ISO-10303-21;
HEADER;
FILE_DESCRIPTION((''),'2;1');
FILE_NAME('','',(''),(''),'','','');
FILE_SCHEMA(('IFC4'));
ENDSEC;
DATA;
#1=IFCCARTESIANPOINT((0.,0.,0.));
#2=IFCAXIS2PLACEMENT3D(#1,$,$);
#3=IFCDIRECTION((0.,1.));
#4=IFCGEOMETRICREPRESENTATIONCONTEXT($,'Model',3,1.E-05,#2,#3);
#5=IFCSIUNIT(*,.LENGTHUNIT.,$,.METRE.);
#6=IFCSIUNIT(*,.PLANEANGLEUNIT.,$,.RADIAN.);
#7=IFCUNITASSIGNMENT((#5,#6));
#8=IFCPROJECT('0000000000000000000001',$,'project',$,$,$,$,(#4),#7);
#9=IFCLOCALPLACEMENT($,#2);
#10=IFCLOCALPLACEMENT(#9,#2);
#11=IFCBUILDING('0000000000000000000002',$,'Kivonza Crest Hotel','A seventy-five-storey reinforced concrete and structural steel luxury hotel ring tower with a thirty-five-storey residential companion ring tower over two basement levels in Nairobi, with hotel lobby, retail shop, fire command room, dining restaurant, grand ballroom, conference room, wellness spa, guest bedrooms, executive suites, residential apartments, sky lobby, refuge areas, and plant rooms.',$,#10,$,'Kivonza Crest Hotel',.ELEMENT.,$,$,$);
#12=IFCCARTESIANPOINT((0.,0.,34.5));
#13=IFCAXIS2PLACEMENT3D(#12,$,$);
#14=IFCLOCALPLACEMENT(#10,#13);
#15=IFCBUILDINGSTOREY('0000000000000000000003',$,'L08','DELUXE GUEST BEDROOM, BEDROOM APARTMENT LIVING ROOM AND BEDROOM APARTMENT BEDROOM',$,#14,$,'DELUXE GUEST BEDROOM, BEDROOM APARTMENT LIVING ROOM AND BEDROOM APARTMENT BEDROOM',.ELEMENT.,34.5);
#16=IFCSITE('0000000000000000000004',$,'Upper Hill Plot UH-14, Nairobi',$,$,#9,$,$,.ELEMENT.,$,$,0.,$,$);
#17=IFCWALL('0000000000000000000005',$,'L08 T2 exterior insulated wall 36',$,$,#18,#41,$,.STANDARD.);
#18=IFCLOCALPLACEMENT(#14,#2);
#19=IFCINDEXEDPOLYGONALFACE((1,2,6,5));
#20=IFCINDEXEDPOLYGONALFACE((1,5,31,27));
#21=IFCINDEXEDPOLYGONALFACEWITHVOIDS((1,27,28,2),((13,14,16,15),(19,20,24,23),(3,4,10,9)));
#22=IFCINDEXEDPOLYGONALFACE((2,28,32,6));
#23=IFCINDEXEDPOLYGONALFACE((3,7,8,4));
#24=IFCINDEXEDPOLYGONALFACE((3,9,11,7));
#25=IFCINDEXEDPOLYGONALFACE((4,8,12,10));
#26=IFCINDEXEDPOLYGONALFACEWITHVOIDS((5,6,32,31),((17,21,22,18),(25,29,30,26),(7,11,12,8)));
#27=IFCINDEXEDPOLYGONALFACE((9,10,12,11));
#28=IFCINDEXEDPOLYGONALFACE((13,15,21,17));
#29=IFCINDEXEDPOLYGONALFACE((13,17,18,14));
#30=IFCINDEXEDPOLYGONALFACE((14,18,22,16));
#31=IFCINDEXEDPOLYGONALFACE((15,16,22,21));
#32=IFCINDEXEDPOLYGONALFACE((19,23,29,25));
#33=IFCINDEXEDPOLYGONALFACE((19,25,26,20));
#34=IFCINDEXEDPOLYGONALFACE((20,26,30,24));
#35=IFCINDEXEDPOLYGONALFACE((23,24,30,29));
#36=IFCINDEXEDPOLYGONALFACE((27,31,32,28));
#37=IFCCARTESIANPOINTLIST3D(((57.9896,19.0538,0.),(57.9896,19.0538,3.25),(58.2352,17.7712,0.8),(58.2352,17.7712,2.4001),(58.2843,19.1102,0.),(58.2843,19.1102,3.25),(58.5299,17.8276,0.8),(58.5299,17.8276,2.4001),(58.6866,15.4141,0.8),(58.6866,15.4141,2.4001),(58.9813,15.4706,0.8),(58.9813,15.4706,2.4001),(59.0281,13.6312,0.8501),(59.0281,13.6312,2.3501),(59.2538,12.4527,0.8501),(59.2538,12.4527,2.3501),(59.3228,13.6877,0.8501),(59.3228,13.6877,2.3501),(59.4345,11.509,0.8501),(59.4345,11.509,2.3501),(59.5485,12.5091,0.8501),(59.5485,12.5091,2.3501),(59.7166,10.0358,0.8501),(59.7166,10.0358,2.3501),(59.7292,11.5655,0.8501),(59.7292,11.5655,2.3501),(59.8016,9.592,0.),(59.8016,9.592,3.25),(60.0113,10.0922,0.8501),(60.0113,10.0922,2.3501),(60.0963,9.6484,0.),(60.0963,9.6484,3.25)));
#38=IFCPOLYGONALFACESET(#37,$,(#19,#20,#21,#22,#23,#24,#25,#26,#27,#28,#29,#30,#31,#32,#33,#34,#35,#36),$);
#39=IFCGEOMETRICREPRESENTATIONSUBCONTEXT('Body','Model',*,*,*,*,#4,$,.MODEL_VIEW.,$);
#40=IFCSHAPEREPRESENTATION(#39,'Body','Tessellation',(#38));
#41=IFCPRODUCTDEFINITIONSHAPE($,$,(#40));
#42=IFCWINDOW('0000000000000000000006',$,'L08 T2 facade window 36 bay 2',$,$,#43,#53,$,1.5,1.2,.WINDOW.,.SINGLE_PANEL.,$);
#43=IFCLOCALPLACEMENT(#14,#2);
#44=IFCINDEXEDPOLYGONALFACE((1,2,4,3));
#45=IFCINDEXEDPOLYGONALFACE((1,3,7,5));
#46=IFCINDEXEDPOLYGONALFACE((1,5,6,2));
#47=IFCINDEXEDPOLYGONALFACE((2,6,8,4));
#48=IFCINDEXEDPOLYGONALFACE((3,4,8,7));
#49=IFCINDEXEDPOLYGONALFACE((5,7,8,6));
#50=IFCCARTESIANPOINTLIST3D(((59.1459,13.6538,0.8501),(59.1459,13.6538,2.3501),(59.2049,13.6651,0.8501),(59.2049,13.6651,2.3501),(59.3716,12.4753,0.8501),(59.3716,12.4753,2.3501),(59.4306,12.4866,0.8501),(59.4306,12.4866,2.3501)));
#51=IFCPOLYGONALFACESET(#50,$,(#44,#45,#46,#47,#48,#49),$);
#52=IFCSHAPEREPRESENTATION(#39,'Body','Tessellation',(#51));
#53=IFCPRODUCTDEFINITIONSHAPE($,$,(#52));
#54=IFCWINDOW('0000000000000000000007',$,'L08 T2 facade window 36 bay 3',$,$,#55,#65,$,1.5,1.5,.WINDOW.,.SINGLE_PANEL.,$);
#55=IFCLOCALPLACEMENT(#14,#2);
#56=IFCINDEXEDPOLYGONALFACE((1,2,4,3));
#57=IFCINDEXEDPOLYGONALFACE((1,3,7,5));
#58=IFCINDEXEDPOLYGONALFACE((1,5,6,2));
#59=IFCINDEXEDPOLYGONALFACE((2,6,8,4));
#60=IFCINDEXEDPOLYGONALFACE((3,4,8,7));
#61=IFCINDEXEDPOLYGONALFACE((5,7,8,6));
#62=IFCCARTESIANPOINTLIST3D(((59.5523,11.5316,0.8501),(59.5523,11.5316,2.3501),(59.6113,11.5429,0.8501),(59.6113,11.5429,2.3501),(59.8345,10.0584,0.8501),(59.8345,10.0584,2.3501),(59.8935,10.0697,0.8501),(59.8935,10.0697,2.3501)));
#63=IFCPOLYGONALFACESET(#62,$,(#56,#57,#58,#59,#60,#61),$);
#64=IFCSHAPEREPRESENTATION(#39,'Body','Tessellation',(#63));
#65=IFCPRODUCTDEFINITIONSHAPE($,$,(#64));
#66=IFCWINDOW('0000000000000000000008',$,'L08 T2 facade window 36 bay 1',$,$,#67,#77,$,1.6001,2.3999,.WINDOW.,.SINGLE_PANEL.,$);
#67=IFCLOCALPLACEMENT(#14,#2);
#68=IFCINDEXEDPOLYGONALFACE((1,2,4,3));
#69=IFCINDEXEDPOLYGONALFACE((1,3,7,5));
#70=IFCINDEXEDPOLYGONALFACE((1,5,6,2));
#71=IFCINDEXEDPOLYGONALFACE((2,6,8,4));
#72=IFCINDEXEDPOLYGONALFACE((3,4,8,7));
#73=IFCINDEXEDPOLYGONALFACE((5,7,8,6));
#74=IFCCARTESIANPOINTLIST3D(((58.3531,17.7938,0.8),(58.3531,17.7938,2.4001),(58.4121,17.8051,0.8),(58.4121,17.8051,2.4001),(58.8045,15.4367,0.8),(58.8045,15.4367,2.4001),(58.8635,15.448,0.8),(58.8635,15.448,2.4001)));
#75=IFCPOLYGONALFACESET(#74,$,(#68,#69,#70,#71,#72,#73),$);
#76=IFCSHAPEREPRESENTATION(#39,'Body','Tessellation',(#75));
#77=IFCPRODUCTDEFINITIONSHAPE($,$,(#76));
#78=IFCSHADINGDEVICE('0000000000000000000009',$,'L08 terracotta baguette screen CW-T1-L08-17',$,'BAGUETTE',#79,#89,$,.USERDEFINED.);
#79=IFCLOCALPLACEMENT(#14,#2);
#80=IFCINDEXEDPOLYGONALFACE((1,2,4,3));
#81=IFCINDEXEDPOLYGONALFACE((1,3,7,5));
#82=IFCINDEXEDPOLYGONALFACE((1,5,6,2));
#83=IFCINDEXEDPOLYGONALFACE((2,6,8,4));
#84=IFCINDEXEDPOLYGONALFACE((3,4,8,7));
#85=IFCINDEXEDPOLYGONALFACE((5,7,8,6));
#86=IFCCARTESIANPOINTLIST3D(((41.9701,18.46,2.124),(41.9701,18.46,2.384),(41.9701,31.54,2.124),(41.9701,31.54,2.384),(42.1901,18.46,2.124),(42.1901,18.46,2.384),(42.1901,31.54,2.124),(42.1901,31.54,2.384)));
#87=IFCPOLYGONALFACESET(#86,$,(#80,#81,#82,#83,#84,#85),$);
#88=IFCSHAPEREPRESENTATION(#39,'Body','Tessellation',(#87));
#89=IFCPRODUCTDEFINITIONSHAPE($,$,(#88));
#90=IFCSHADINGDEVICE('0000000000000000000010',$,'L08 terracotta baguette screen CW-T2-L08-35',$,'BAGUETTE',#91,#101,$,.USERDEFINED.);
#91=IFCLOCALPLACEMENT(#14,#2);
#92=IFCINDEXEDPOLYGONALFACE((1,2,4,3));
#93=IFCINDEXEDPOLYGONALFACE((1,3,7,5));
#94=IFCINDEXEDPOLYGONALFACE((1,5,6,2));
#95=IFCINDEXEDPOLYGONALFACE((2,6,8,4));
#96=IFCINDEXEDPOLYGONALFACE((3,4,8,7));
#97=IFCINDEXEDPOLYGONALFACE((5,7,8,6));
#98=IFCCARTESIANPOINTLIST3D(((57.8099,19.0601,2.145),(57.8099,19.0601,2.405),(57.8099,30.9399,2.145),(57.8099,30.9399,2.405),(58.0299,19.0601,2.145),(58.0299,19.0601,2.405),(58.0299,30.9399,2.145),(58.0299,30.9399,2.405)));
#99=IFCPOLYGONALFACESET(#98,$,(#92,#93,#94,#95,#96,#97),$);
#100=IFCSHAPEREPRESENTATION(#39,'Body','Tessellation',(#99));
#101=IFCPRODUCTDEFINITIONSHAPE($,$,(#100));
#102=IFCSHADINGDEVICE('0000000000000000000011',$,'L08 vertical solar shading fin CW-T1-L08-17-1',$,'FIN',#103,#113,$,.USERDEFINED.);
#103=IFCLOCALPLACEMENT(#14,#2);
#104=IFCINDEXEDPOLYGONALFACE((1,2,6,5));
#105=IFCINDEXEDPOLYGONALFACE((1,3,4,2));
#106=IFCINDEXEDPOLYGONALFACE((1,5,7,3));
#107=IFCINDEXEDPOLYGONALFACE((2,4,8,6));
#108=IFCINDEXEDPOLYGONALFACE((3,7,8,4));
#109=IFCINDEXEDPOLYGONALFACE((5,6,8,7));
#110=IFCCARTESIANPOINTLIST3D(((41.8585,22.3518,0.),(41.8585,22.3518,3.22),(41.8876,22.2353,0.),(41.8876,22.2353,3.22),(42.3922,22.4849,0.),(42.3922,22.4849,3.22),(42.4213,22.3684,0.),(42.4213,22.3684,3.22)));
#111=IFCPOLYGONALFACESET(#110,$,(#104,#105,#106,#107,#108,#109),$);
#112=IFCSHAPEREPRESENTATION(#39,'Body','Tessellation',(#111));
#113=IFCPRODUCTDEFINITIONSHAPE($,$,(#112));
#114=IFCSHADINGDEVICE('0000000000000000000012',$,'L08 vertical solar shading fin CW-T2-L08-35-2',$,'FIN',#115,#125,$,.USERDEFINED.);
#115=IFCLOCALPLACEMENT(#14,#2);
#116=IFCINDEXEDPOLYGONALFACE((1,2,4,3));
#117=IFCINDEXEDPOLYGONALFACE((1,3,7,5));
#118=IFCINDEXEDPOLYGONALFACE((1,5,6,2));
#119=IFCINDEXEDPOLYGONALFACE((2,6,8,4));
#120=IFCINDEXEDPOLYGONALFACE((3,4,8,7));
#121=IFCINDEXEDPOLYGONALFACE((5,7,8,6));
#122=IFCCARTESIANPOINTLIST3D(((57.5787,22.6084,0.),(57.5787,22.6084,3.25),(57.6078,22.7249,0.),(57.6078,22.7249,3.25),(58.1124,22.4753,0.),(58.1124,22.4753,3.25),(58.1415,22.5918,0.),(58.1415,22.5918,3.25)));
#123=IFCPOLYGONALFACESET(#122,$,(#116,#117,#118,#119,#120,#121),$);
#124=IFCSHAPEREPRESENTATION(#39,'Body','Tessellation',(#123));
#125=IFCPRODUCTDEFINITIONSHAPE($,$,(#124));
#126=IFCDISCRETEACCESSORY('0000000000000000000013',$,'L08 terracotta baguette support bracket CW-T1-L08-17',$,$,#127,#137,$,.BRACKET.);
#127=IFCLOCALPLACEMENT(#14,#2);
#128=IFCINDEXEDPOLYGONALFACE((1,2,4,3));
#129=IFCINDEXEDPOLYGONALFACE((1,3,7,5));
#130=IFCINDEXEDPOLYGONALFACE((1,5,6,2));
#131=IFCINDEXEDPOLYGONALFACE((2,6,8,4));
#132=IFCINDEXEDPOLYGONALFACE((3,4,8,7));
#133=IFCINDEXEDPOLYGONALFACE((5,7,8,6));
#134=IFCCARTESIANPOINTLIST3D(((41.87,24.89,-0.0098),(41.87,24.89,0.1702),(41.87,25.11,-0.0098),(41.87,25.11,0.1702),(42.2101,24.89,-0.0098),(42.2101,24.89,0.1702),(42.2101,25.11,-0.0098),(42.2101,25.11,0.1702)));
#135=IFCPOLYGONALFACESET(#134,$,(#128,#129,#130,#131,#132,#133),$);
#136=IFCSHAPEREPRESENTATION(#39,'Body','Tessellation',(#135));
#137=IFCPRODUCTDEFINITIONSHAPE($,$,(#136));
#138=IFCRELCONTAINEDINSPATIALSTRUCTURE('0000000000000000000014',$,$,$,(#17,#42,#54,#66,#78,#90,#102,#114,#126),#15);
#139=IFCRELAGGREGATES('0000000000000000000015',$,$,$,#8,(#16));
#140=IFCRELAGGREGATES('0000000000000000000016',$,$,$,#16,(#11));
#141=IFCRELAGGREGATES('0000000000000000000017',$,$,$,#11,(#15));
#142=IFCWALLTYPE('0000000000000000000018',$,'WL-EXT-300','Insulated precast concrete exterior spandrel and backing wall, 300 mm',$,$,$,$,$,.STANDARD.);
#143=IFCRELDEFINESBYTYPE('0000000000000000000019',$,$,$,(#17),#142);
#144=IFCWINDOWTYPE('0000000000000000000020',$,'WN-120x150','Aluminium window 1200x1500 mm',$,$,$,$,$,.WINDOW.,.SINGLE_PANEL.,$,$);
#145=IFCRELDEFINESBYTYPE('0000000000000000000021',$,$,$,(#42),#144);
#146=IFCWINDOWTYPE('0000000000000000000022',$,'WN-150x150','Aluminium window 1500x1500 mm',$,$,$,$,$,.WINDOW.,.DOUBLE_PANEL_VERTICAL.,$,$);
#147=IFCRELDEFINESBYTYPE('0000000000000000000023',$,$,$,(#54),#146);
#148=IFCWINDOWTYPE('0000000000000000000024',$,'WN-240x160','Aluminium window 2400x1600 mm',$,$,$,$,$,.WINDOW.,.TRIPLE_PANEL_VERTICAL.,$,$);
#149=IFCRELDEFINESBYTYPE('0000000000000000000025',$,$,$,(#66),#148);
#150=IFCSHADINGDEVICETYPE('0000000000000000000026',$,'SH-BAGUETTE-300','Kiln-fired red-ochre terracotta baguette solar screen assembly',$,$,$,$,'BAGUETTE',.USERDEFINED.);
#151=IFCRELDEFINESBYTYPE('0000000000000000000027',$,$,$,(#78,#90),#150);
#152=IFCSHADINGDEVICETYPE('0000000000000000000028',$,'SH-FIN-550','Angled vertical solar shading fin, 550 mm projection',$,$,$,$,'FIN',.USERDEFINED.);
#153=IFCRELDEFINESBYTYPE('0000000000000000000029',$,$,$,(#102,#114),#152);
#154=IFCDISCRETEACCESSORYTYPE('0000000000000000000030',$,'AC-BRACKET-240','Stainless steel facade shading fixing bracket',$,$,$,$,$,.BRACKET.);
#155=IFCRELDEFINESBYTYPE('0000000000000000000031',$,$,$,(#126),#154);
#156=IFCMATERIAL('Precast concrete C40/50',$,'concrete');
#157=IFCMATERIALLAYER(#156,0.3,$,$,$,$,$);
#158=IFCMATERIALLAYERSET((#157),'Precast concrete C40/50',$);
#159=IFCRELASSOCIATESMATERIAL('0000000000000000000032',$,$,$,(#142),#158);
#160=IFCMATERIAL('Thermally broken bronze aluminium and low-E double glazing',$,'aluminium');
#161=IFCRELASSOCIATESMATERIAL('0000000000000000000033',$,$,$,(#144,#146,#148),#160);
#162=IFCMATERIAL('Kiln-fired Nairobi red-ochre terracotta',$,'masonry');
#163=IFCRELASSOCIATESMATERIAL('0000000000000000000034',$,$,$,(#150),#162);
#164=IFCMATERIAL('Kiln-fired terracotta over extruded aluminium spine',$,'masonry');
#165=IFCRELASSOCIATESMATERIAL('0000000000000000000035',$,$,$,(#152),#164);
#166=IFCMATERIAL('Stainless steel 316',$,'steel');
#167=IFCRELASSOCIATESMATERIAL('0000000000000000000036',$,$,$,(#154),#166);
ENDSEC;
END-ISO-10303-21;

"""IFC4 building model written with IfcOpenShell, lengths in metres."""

from ifc_helpers import new_model, si_unit, direction, frame, frame_2d, origin, origin_2d, place, context, subcontext, project, spatial, rectangle, extrude, material, layer, layer_set, type_object, element, fill, save


model = new_model("IFC4")

# Units and contexts
model_context = context("Model", 3, precision=1e-05, world=origin(), true_north=direction((0.0, 1.0)))
body_context = subcontext(model_context, "Body", "Model", "MODEL_VIEW")
ifc_project = project(units=[si_unit("LENGTHUNIT", "METRE"), si_unit("PLANEANGLEUNIT", "RADIAN")], contexts=[model_context])

# Site, building, storey
site_placement = place(None, origin())
site = spatial("IfcSite", under=ifc_project, at=site_placement, Name="Upper Hill Plot UH-14, Nairobi", CompositionType="ELEMENT", RefElevation=0.0)
building_placement = place(site_placement, origin())
building = spatial("IfcBuilding", under=site, at=building_placement, Name="Kivonza Crest Hotel", Description="A seventy-five-storey reinforced concrete and structural steel luxury hotel ring tower with a thirty-five-storey residential companion ring tower over two basement levels in Nairobi, with hotel lobby, retail shop, fire command room, dining restaurant, grand ballroom, conference room, wellness spa, guest bedrooms, executive suites, residential apartments, sky lobby, refuge areas, and plant rooms.", LongName="Kivonza Crest Hotel", CompositionType="ELEMENT")
storey_placement = place(building_placement, frame((0.0, 0.0, 34.5)))
storey = spatial("IfcBuildingStorey", under=building, at=storey_placement, Name="L08", Description="DELUXE GUEST BEDROOM, BEDROOM APARTMENT LIVING ROOM AND BEDROOM APARTMENT BEDROOM", LongName="DELUXE GUEST BEDROOM, BEDROOM APARTMENT LIVING ROOM AND BEDROOM APARTMENT BEDROOM", CompositionType="ELEMENT", Elevation=34.5)

# Wall, openings, windows
ifc_material_1 = material(Name="Precast concrete C40/50", Category="concrete")
ifc_layer_1 = layer(ifc_material_1, 0.3)
ifc_layer_set_1 = layer_set([ifc_layer_1], Name="Precast concrete C40/50")
wall_type_1 = type_object("IfcWallType", Name="WL-EXT-300", Description="Insulated precast concrete exterior spandrel and backing wall, 300 mm", PredefinedType="STANDARD", material=ifc_layer_set_1)
wall_1_placement = place(storey_placement, frame((58.137, 19.082, 0.0), z_axis=(0.0, 0.0, 1.0), x_axis=(0.188088, -0.982152, 0.0)))
wall_1 = element("IfcWall", 1, at=wall_1_placement, inside=storey, type_object=wall_type_1, Name="L08 T2 exterior insulated wall 36", PredefinedType="STANDARD", context=body_context, shape_type="SweptSolid", body=[
    extrude(rectangle(XDim=9.6338, YDim=0.3, at=frame_2d((4.8169, 0.0))), origin(), (0.0, 0.0, 1.0), 3.25),
])
opening_1_placement = place(wall_1_placement, frame((1.3059, 0.0, 0.8)))
opening_1 = element("IfcOpeningElement", 2, at=opening_1_placement, cuts=wall_1, PredefinedType="OPENING", context=body_context, shape_type="SweptSolid", body=[
    extrude(rectangle(XDim=2.3999, YDim=1.6001, at=frame_2d((1.2, 0.8))), frame((0.0, 0.1602, 0.0), z_axis=(0.0, -1.0, 0.0), x_axis=(1.0, 0.0, 0.0)), (0.0, 0.0, 1.0), 0.3201),
])
opening_2_placement = place(wall_1_placement, frame((5.521, 0.0, 0.8501)))
opening_2 = element("IfcOpeningElement", 3, at=opening_2_placement, cuts=wall_1, PredefinedType="OPENING", context=body_context, shape_type="SweptSolid", body=[
    extrude(rectangle(XDim=1.2, YDim=1.5, at=frame_2d((0.6001, 0.75))), frame((0.0, 0.1602, 0.0), z_axis=(0.0, -1.0, 0.0), x_axis=(1.0, 0.0, 0.0)), (0.0, 0.0, 1.0), 0.3201),
])
opening_3_placement = place(wall_1_placement, frame((7.6819, 0.0, 0.8501)))
opening_3 = element("IfcOpeningElement", 4, at=opening_3_placement, cuts=wall_1, PredefinedType="OPENING", context=body_context, shape_type="SweptSolid", body=[
    extrude(rectangle(XDim=1.5, YDim=1.5, at=frame_2d((0.75, 0.75))), frame((0.0, 0.1602, 0.0), z_axis=(0.0, -1.0, 0.0), x_axis=(1.0, 0.0, 0.0)), (0.0, 0.0, 1.0), 0.3201),
])
ifc_material_2 = material(Name="Thermally broken bronze aluminium and low-E double glazing", Category="aluminium")
window_type_1 = type_object("IfcWindowType", Name="WN-120x150", Description="Aluminium window 1200x1500 mm", PartitioningType="SINGLE_PANEL", PredefinedType="WINDOW", material=ifc_material_2)
window_1_placement = place(opening_2_placement, origin())
window_1 = element("IfcWindow", 5, at=window_1_placement, inside=storey, type_object=window_type_1, Name="L08 T2 facade window 36 bay 2", OverallHeight=1.5, OverallWidth=1.2, PartitioningType="SINGLE_PANEL", PredefinedType="WINDOW", context=body_context, shape_type="SweptSolid", body=[
    extrude(rectangle(XDim=1.2, YDim=1.5, at=frame_2d((0.6001, 0.75))), frame((0.0, 0.03, 0.0), z_axis=(0.0, -1.0, 0.0), x_axis=(1.0, 0.0, 0.0)), (0.0, 0.0, 1.0), 0.0601),
])
fill(opening_2, window_1)
window_type_2 = type_object("IfcWindowType", Name="WN-150x150", Description="Aluminium window 1500x1500 mm", PartitioningType="DOUBLE_PANEL_VERTICAL", PredefinedType="WINDOW", material=ifc_material_2)
window_2_placement = place(opening_3_placement, origin())
window_2 = element("IfcWindow", 6, at=window_2_placement, inside=storey, type_object=window_type_2, Name="L08 T2 facade window 36 bay 3", OverallHeight=1.5, OverallWidth=1.5, PartitioningType="SINGLE_PANEL", PredefinedType="WINDOW", context=body_context, shape_type="SweptSolid", body=[
    extrude(rectangle(XDim=1.5, YDim=1.5, at=frame_2d((0.75, 0.75))), frame((0.0, 0.03, 0.0), z_axis=(0.0, -1.0, 0.0), x_axis=(1.0, 0.0, 0.0)), (0.0, 0.0, 1.0), 0.0601),
])
fill(opening_3, window_2)
window_type_3 = type_object("IfcWindowType", Name="WN-240x160", Description="Aluminium window 2400x1600 mm", PartitioningType="TRIPLE_PANEL_VERTICAL", PredefinedType="WINDOW", material=ifc_material_2)
window_3_placement = place(opening_1_placement, origin())
window_3 = element("IfcWindow", 7, at=window_3_placement, inside=storey, type_object=window_type_3, Name="L08 T2 facade window 36 bay 1", OverallHeight=1.6001, OverallWidth=2.3999, PartitioningType="SINGLE_PANEL", PredefinedType="WINDOW", context=body_context, shape_type="SweptSolid", body=[
    extrude(rectangle(XDim=2.3999, YDim=1.6001, at=frame_2d((1.2, 0.8))), frame((0.0, 0.03, 0.0), z_axis=(0.0, -1.0, 0.0), x_axis=(1.0, 0.0, 0.0)), (0.0, 0.0, 1.0), 0.0601),
])
fill(opening_1, window_3)

# Shading devices
ifc_material_3 = material(Name="Kiln-fired Nairobi red-ochre terracotta", Category="masonry")
shading_device_type_1 = type_object("IfcShadingDeviceType", Name="SH-BAGUETTE-300", Description="Kiln-fired red-ochre terracotta baguette solar screen assembly", ElementType="BAGUETTE", PredefinedType="USERDEFINED", material=ifc_material_3)
shading_device_1_placement = place(storey_placement, frame((42.0801, 25.0, 2.124), z_axis=(0.0, 0.0, 1.0), x_axis=(0.0, 1.0, 0.0)))
element("IfcShadingDevice", 8, at=shading_device_1_placement, inside=storey, type_object=shading_device_type_1, Name="L08 terracotta baguette screen CW-T1-L08-17", ObjectType="BAGUETTE", PredefinedType="USERDEFINED", context=body_context, shape_type="SweptSolid", body=[
    extrude(rectangle(XDim=13.0801, YDim=0.22, at=origin_2d()), origin(), (0.0, 0.0, 1.0), 0.26),
])
shading_device_2_placement = place(storey_placement, frame((57.9199, 25.0, 2.145), z_axis=(0.0, 0.0, 1.0), x_axis=(0.0, -1.0, 0.0)))
element("IfcShadingDevice", 9, at=shading_device_2_placement, inside=storey, type_object=shading_device_type_1, Name="L08 terracotta baguette screen CW-T2-L08-35", ObjectType="BAGUETTE", PredefinedType="USERDEFINED", context=body_context, shape_type="SweptSolid", body=[
    extrude(rectangle(XDim=11.8799, YDim=0.22, at=origin_2d()), origin(), (0.0, 0.0, 1.0), 0.26),
])
ifc_material_4 = material(Name="Kiln-fired terracotta over extruded aluminium spine", Category="masonry")
shading_device_type_2 = type_object("IfcShadingDeviceType", Name="SH-FIN-550", Description="Angled vertical solar shading fin, 550 mm projection", ElementType="FIN", PredefinedType="USERDEFINED", material=ifc_material_4)
shading_device_3_placement = place(storey_placement, frame((42.1399, 22.3601, 0.0), z_axis=(0.0, 0.0, 1.0), x_axis=(-0.241922, 0.970296, 0.0)))
element("IfcShadingDevice", 10, at=shading_device_3_placement, inside=storey, type_object=shading_device_type_2, Name="L08 vertical solar shading fin CW-T1-L08-17-1", ObjectType="FIN", PredefinedType="USERDEFINED", context=body_context, shape_type="SweptSolid", body=[
    extrude(rectangle(XDim=0.1201, YDim=0.55, at=origin_2d()), origin(), (0.0, 0.0, 1.0), 3.22),
])
shading_device_4_placement = place(storey_placement, frame((57.8601, 22.6001, 0.0), z_axis=(0.0, 0.0, 1.0), x_axis=(-0.241922, -0.970296, 0.0)))
element("IfcShadingDevice", 11, at=shading_device_4_placement, inside=storey, type_object=shading_device_type_2, Name="L08 vertical solar shading fin CW-T2-L08-35-2", ObjectType="FIN", PredefinedType="USERDEFINED", context=body_context, shape_type="SweptSolid", body=[
    extrude(rectangle(XDim=0.1201, YDim=0.55, at=origin_2d()), origin(), (0.0, 0.0, 1.0), 3.25),
])

# Discrete accessory
ifc_material_5 = material(Name="Stainless steel 316", Category="steel")
discrete_accessory_type = type_object("IfcDiscreteAccessoryType", Name="AC-BRACKET-240", Description="Stainless steel facade shading fixing bracket", PredefinedType="BRACKET", material=ifc_material_5)
discrete_accessory_placement = place(storey_placement, frame((42.04, 25.0, -0.0098), z_axis=(0.0, 0.0, 1.0), x_axis=(0.0, 1.0, 0.0)))
element("IfcDiscreteAccessory", 12, at=discrete_accessory_placement, inside=storey, type_object=discrete_accessory_type, Name="L08 terracotta baguette support bracket CW-T1-L08-17", PredefinedType="BRACKET", context=body_context, shape_type="SweptSolid", body=[
    extrude(rectangle(XDim=0.22, YDim=0.3401, at=origin_2d()), origin(), (0.0, 0.0, 1.0), 0.1799),
])

save(model, "model.ifc")
